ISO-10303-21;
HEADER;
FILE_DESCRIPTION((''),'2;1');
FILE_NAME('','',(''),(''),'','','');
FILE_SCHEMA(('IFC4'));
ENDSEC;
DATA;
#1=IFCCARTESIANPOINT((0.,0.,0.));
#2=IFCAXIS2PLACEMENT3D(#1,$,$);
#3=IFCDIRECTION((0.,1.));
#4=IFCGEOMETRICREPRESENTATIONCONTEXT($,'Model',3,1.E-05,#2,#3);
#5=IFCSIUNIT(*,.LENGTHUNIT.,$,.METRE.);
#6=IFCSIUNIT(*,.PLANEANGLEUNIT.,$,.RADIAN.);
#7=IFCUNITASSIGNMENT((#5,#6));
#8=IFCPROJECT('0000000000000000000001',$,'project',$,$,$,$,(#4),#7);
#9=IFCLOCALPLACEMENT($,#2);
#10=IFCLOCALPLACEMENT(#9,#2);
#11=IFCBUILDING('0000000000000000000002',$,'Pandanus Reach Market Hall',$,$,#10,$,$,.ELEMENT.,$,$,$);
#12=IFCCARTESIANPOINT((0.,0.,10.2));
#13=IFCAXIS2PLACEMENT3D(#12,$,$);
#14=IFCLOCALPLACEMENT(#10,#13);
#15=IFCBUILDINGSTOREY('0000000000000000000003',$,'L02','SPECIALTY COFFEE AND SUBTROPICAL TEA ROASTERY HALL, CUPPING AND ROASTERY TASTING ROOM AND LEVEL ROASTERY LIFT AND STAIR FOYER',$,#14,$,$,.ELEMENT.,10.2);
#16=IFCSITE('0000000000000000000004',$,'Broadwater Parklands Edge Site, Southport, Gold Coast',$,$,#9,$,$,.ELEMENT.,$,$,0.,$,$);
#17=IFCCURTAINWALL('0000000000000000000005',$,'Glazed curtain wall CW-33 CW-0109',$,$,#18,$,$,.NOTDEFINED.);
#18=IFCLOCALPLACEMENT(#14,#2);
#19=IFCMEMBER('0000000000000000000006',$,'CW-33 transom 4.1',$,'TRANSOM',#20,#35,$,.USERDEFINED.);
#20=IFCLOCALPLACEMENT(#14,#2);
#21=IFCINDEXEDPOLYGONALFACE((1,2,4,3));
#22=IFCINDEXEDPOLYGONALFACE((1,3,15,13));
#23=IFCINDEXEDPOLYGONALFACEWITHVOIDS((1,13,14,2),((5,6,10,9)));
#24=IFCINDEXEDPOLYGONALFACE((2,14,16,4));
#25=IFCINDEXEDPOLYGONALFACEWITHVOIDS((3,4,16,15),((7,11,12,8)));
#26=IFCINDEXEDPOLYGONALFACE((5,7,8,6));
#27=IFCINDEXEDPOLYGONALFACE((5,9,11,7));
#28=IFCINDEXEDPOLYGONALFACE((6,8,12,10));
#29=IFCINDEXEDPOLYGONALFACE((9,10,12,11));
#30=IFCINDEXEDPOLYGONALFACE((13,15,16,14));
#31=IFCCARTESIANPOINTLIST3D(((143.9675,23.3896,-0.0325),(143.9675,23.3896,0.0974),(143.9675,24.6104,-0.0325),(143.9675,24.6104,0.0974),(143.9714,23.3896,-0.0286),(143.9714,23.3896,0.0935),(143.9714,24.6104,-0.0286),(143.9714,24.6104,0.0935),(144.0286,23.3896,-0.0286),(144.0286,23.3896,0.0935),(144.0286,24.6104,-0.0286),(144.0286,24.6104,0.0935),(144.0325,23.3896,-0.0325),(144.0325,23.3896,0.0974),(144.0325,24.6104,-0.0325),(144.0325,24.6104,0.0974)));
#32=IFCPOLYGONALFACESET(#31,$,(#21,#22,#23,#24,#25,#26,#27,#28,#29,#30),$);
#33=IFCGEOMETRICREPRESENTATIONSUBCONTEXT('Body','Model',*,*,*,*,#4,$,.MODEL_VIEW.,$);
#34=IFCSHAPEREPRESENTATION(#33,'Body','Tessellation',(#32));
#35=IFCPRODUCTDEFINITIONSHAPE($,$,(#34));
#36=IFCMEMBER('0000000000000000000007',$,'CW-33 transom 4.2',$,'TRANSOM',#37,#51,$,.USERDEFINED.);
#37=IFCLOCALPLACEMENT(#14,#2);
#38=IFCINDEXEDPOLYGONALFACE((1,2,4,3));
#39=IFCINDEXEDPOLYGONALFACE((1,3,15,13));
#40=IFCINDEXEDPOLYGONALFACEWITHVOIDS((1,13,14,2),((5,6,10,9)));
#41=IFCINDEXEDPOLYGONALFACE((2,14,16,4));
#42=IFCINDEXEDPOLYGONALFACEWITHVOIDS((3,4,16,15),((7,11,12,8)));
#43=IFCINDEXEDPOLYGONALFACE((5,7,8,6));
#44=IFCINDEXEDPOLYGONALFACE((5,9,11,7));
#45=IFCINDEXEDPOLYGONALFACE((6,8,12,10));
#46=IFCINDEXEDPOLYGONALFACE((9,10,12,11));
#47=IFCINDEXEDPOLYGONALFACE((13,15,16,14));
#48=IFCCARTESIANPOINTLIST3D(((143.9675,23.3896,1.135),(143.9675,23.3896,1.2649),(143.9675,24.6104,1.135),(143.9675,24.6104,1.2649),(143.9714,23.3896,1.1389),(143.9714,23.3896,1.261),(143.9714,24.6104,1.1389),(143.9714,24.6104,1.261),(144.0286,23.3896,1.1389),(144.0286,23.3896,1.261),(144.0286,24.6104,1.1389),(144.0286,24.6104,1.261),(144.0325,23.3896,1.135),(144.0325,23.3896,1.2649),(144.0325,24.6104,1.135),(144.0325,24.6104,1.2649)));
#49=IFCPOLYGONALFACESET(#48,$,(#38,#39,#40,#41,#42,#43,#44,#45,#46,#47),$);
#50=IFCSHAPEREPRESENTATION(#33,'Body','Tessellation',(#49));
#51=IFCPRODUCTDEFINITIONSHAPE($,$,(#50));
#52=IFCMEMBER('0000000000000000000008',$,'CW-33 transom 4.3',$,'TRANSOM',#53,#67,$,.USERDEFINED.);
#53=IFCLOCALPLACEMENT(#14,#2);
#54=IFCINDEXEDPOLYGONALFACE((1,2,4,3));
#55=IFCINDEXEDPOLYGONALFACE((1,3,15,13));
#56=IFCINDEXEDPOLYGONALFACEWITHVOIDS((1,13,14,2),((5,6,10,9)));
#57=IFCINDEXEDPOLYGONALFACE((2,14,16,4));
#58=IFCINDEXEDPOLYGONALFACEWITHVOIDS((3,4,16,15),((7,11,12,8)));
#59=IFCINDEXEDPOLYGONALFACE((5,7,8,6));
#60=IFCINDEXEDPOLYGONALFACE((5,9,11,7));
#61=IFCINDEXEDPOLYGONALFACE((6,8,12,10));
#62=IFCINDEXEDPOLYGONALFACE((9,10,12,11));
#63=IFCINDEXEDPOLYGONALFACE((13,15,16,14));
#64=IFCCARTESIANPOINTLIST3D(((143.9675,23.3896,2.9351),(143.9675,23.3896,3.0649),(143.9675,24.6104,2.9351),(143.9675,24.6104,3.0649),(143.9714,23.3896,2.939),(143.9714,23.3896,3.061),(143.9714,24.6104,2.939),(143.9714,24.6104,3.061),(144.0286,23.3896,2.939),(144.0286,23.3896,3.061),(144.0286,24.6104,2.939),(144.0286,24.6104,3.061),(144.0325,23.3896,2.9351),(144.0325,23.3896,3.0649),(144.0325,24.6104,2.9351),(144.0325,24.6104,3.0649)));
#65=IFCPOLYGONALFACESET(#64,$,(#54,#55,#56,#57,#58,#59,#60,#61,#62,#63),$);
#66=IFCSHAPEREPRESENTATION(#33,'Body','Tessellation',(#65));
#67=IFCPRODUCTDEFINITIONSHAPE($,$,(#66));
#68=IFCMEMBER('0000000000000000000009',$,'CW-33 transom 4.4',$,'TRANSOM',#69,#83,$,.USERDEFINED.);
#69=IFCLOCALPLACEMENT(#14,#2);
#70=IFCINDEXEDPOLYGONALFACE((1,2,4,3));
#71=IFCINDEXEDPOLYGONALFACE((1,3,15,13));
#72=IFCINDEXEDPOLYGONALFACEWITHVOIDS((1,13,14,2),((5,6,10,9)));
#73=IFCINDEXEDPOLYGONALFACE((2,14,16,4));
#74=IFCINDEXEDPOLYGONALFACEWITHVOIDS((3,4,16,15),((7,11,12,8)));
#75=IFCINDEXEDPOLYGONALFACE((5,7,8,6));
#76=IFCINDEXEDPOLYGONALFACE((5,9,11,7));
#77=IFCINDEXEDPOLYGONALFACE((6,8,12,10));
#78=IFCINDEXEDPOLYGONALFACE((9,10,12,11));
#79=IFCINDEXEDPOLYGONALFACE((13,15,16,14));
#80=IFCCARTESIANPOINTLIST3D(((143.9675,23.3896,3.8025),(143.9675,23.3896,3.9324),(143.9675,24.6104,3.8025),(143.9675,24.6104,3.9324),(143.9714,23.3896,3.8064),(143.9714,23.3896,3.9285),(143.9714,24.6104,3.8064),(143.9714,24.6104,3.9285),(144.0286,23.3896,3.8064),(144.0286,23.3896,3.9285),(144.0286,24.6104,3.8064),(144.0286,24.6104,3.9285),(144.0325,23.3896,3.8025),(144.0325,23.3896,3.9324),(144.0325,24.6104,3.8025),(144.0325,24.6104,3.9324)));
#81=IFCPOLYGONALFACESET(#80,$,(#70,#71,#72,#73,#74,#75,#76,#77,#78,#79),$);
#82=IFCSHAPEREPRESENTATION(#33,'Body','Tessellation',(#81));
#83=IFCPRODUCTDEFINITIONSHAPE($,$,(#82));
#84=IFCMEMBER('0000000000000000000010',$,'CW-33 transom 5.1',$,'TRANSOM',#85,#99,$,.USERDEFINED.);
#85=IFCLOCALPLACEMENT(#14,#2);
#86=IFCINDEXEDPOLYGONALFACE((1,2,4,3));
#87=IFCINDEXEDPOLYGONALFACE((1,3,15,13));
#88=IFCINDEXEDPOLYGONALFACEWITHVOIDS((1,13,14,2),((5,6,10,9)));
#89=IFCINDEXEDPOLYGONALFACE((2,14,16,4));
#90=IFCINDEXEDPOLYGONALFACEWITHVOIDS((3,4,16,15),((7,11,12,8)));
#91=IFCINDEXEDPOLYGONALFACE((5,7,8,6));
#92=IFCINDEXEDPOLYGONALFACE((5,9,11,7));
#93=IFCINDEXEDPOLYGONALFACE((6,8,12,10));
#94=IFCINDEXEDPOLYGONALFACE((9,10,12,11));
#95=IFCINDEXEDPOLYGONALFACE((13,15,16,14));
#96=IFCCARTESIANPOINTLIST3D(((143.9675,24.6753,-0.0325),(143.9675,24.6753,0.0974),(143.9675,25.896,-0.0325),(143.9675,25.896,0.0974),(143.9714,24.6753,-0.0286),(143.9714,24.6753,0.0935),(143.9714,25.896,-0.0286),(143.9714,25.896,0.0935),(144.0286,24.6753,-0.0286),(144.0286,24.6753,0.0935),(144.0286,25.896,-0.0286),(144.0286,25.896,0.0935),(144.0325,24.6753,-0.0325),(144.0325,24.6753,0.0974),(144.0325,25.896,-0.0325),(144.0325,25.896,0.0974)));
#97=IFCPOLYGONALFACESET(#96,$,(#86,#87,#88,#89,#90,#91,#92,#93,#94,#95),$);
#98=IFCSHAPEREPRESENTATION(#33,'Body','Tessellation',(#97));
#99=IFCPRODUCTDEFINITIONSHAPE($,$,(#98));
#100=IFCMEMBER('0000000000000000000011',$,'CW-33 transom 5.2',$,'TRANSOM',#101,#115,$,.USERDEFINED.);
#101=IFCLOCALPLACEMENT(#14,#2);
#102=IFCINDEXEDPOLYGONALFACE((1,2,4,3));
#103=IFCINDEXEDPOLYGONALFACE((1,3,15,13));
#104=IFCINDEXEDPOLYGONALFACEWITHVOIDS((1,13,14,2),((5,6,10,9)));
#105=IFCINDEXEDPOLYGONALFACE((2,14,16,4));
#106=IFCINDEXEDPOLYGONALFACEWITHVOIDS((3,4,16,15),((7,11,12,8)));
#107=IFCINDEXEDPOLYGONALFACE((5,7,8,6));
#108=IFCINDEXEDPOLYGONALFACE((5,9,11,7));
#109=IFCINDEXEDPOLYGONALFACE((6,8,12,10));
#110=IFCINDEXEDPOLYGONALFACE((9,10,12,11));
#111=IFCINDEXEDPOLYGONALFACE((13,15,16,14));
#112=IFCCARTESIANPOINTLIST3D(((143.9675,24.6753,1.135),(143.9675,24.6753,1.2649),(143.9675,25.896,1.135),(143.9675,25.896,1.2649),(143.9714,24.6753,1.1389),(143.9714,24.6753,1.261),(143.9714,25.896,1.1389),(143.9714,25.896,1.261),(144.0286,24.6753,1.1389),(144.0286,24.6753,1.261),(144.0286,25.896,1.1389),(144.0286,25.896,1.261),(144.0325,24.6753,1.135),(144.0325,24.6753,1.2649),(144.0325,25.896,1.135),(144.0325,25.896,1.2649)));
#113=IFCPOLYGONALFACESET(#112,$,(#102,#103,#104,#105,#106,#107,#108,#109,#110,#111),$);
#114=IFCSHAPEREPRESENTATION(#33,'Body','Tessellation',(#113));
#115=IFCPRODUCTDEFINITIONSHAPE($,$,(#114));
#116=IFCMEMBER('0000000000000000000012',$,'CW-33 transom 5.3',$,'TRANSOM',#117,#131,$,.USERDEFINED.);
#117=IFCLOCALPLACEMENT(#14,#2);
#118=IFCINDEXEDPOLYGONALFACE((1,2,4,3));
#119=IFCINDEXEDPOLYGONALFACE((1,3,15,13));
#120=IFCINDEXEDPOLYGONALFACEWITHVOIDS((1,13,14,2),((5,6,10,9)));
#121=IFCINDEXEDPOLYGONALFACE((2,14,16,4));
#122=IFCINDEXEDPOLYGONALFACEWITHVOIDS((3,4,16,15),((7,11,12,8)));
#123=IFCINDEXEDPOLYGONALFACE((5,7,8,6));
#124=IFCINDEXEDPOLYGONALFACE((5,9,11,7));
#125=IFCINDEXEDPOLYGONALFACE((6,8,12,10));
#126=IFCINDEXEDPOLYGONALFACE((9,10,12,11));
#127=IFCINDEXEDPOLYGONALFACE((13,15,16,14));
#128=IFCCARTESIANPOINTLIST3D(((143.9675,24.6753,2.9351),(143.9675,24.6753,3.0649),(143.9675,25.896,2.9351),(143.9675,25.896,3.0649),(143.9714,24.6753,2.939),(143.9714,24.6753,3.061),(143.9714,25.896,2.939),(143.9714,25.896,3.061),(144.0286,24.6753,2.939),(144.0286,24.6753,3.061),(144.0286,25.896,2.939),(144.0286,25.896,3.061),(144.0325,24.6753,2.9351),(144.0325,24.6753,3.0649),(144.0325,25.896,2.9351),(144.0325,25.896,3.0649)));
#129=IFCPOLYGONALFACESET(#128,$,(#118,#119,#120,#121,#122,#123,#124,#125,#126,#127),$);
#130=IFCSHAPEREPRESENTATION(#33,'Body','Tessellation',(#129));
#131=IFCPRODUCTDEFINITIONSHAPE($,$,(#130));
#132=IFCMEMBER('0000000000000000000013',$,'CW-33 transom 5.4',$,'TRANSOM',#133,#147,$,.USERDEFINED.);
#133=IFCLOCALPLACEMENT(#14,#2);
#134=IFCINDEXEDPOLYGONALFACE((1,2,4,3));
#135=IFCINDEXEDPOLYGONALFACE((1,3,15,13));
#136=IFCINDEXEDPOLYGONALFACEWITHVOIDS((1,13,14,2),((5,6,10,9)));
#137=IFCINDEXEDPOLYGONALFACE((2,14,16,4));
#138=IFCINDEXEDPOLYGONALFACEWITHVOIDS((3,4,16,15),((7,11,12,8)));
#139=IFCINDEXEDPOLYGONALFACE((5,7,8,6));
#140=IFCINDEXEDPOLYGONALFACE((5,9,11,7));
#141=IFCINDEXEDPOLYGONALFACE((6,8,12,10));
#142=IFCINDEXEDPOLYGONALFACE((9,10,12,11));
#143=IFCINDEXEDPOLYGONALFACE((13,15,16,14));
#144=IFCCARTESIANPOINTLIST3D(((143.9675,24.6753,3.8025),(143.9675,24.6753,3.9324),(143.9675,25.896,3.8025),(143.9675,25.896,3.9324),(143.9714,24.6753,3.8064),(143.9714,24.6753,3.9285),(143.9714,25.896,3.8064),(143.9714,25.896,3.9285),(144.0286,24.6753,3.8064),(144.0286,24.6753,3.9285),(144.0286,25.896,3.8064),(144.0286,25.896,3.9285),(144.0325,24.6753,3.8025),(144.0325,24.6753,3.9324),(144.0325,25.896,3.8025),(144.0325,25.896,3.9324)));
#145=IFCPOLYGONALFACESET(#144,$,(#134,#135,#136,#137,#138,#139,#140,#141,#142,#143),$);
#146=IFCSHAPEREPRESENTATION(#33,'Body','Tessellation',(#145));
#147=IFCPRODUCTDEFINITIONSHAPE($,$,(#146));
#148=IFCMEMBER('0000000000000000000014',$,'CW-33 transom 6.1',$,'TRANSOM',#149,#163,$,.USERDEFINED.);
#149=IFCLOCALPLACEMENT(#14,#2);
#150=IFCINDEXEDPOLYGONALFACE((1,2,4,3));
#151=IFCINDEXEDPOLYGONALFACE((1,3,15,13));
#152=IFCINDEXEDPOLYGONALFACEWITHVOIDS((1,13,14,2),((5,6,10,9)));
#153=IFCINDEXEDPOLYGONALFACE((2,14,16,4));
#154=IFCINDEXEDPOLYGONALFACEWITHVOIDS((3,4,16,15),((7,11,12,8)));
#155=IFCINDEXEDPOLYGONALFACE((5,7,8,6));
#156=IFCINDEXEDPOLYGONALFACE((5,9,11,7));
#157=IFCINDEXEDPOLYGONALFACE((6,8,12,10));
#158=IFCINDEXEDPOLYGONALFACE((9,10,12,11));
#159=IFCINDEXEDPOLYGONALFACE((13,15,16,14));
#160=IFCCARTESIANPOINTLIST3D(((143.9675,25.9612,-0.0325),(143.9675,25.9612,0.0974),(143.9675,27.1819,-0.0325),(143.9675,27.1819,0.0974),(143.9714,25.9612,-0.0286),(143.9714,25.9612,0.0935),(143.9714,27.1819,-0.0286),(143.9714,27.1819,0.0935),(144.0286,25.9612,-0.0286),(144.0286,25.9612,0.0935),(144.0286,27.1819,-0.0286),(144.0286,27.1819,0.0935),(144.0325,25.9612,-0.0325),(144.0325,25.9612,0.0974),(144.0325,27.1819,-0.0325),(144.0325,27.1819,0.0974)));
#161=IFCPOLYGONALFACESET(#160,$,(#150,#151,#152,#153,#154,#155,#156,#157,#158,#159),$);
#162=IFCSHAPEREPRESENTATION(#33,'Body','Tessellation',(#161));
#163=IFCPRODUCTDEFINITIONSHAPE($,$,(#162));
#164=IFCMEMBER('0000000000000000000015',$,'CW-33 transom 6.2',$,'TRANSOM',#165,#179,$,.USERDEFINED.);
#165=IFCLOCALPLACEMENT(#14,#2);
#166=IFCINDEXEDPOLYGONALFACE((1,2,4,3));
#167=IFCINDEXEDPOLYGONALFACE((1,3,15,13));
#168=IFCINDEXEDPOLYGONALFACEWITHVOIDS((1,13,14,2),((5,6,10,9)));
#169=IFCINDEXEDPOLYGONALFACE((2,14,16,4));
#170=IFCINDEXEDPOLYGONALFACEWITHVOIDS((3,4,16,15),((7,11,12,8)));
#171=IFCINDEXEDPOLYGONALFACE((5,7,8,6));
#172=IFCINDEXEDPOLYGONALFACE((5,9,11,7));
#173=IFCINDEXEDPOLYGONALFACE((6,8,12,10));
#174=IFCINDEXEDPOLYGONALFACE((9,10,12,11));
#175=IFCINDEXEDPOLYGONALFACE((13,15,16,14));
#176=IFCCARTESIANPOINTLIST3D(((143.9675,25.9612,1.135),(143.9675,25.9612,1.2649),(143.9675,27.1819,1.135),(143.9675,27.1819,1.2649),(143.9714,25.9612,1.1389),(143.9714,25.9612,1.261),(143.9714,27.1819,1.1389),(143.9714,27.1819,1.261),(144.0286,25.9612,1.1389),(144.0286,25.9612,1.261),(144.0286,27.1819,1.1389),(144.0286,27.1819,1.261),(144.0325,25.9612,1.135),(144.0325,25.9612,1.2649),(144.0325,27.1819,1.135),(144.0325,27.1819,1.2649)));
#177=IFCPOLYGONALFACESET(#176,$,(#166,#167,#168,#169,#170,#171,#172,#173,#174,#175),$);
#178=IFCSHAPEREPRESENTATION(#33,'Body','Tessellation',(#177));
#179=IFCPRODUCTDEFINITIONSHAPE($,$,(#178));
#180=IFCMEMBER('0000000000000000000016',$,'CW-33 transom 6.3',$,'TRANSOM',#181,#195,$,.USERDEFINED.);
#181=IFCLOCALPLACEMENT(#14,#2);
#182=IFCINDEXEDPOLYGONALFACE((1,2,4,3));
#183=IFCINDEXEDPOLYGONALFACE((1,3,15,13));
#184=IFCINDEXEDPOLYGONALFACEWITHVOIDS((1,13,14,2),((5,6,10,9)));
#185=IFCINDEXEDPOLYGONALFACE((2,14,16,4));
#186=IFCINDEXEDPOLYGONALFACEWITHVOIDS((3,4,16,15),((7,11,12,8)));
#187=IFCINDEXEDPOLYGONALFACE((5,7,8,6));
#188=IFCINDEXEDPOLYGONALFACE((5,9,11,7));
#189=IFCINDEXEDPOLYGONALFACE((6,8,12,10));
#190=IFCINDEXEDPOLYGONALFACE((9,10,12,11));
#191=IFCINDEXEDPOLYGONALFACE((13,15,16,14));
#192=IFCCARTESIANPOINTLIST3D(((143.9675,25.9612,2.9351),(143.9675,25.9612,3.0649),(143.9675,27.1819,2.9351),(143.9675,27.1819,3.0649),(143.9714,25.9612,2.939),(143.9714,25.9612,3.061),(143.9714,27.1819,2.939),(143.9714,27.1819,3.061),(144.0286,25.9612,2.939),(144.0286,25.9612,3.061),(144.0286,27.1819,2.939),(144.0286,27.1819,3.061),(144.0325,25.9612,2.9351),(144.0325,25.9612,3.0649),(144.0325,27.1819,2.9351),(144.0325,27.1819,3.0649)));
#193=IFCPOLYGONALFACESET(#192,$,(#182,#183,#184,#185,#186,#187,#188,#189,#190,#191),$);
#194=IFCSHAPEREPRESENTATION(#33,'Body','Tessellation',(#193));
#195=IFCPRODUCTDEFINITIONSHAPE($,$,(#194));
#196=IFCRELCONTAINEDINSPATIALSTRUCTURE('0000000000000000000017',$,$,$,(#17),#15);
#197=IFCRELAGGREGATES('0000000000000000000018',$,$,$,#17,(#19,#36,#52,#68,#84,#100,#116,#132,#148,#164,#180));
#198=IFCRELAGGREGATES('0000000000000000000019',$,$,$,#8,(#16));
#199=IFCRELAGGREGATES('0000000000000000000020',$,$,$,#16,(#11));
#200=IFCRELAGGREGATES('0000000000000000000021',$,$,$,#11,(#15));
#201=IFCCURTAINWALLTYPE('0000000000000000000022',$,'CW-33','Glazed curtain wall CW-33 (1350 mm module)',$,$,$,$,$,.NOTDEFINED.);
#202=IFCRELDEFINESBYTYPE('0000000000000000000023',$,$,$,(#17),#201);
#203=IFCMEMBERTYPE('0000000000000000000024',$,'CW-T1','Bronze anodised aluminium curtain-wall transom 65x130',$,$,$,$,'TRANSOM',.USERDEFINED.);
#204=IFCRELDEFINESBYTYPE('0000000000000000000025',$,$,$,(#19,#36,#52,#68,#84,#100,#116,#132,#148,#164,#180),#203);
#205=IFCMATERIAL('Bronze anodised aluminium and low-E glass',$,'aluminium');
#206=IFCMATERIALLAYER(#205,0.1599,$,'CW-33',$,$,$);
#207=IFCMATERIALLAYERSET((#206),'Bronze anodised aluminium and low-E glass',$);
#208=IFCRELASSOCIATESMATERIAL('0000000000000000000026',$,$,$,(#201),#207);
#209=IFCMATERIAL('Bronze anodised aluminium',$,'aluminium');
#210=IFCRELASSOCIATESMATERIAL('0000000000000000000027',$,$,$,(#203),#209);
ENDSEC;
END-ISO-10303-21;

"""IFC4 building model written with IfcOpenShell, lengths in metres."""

from ifc_helpers import new_model, si_unit, direction, frame, origin, origin_2d, place, context, subcontext, project, spatial, hollow_rectangle, extrude, material, layer, layer_set, material_profile, profile_set, type_object, element, aggregate, save


model = new_model("IFC4")

# Units and contexts
model_context = context("Model", 3, precision=1e-05, world=origin(), true_north=direction((0.0, 1.0)))
body_context = subcontext(model_context, "Body", "Model", "MODEL_VIEW")
ifc_project = project(units=[si_unit("LENGTHUNIT", "METRE"), si_unit("PLANEANGLEUNIT", "RADIAN")], contexts=[model_context])

# Site, building, storey
site_placement = place(None, origin())
site = spatial("IfcSite", under=ifc_project, at=site_placement, Name="Broadwater Parklands Edge Site, Southport, Gold Coast", CompositionType="ELEMENT", RefElevation=0.0)
building_placement = place(site_placement, origin())
building = spatial("IfcBuilding", under=site, at=building_placement, Name="Pandanus Reach Market Hall", CompositionType="ELEMENT")
storey_placement = place(building_placement, frame((0.0, 0.0, 10.2)))
storey = spatial("IfcBuildingStorey", under=building, at=storey_placement, Name="L02", Description="SPECIALTY COFFEE AND SUBTROPICAL TEA ROASTERY HALL, CUPPING AND ROASTERY TASTING ROOM AND LEVEL ROASTERY LIFT AND STAIR FOYER", CompositionType="ELEMENT", Elevation=10.2)

# Curtain wall, members
ifc_material_1 = material(Name="Bronze anodised aluminium and low-E glass", Category="aluminium")
ifc_layer_1 = layer(ifc_material_1, 0.1599, Name="CW-33")
ifc_layer_set_1 = layer_set([ifc_layer_1], Name="Bronze anodised aluminium and low-E glass")
curtain_wall_type = type_object("IfcCurtainWallType", Name="CW-33", Description="Glazed curtain wall CW-33 (1350 mm module)", PredefinedType="NOTDEFINED", material=ifc_layer_set_1)
curtain_wall_placement = place(storey_placement, origin())
curtain_wall = element("IfcCurtainWall", 1, at=curtain_wall_placement, inside=storey, type_object=curtain_wall_type, Name="Glazed curtain wall CW-33 CW-0109", PredefinedType="NOTDEFINED")
ifc_material_2 = material(Name="Bronze anodised aluminium", Category="aluminium")
ifc_material_profile = material_profile(ifc_material_2, hollow_rectangle(XDim=0.0649, YDim=0.1299, WallThickness=0.0039, at=origin_2d()), Name="ALU65x130", Category="LoadBearing")
ifc_profile_set = profile_set([ifc_material_profile], Name="Bronze anodised aluminium")
member_type = type_object("IfcMemberType", Name="CW-T1", Description="Bronze anodised aluminium curtain-wall transom 65x130", ElementType="TRANSOM", PredefinedType="USERDEFINED", material=ifc_profile_set)
member_1_placement = place(storey_placement, frame((144.0, 23.3896, 0.0325), z_axis=(0.0, 1.0, 0.0), x_axis=(-1.0, 0.0, 0.0)))
member_1 = element("IfcMember", 2, at=member_1_placement, type_object=member_type, Name="CW-33 transom 4.1", ObjectType="TRANSOM", PredefinedType="USERDEFINED", context=body_context, shape_type="SweptSolid", body=[
    extrude(hollow_rectangle(XDim=0.0649, YDim=0.1299, WallThickness=0.0039, at=origin_2d()), origin(), (0.0, 0.0, 1.0), 1.2207),
])
member_2_placement = place(storey_placement, frame((144.0, 23.3896, 1.2), z_axis=(0.0, 1.0, 0.0), x_axis=(-1.0, 0.0, 0.0)))
member_2 = element("IfcMember", 3, at=member_2_placement, type_object=member_type, Name="CW-33 transom 4.2", ObjectType="TRANSOM", PredefinedType="USERDEFINED", context=body_context, shape_type="SweptSolid", body=[
    extrude(hollow_rectangle(XDim=0.0649, YDim=0.1299, WallThickness=0.0039, at=origin_2d()), origin(), (0.0, 0.0, 1.0), 1.2207),
])
member_3_placement = place(storey_placement, frame((144.0, 23.3896, 3.0), z_axis=(0.0, 1.0, 0.0), x_axis=(-1.0, 0.0, 0.0)))
member_3 = element("IfcMember", 4, at=member_3_placement, type_object=member_type, Name="CW-33 transom 4.3", ObjectType="TRANSOM", PredefinedType="USERDEFINED", context=body_context, shape_type="SweptSolid", body=[
    extrude(hollow_rectangle(XDim=0.0649, YDim=0.1299, WallThickness=0.0039, at=origin_2d()), origin(), (0.0, 0.0, 1.0), 1.2207),
])
member_4_placement = place(storey_placement, frame((144.0, 23.3896, 3.8674), z_axis=(0.0, 1.0, 0.0), x_axis=(-1.0, 0.0, 0.0)))
member_4 = element("IfcMember", 5, at=member_4_placement, type_object=member_type, Name="CW-33 transom 4.4", ObjectType="TRANSOM", PredefinedType="USERDEFINED", context=body_context, shape_type="SweptSolid", body=[
    extrude(hollow_rectangle(XDim=0.0649, YDim=0.1299, WallThickness=0.0039, at=origin_2d()), origin(), (0.0, 0.0, 1.0), 1.2207),
])
member_5_placement = place(storey_placement, frame((144.0, 24.6753, 0.0325), z_axis=(0.0, 1.0, 0.0), x_axis=(-1.0, 0.0, 0.0)))
member_5 = element("IfcMember", 6, at=member_5_placement, type_object=member_type, Name="CW-33 transom 5.1", ObjectType="TRANSOM", PredefinedType="USERDEFINED", context=body_context, shape_type="SweptSolid", body=[
    extrude(hollow_rectangle(XDim=0.0649, YDim=0.1299, WallThickness=0.0039, at=origin_2d()), origin(), (0.0, 0.0, 1.0), 1.2207),
])
member_6_placement = place(storey_placement, frame((144.0, 24.6753, 1.2), z_axis=(0.0, 1.0, 0.0), x_axis=(-1.0, 0.0, 0.0)))
member_6 = element("IfcMember", 7, at=member_6_placement, type_object=member_type, Name="CW-33 transom 5.2", ObjectType="TRANSOM", PredefinedType="USERDEFINED", context=body_context, shape_type="SweptSolid", body=[
    extrude(hollow_rectangle(XDim=0.0649, YDim=0.1299, WallThickness=0.0039, at=origin_2d()), origin(), (0.0, 0.0, 1.0), 1.2207),
])
member_7_placement = place(storey_placement, frame((144.0, 24.6753, 3.0), z_axis=(0.0, 1.0, 0.0), x_axis=(-1.0, 0.0, 0.0)))
member_7 = element("IfcMember", 8, at=member_7_placement, type_object=member_type, Name="CW-33 transom 5.3", ObjectType="TRANSOM", PredefinedType="USERDEFINED", context=body_context, shape_type="SweptSolid", body=[
    extrude(hollow_rectangle(XDim=0.0649, YDim=0.1299, WallThickness=0.0039, at=origin_2d()), origin(), (0.0, 0.0, 1.0), 1.2207),
])
member_8_placement = place(storey_placement, frame((144.0, 24.6753, 3.8674), z_axis=(0.0, 1.0, 0.0), x_axis=(-1.0, 0.0, 0.0)))
member_8 = element("IfcMember", 9, at=member_8_placement, type_object=member_type, Name="CW-33 transom 5.4", ObjectType="TRANSOM", PredefinedType="USERDEFINED", context=body_context, shape_type="SweptSolid", body=[
    extrude(hollow_rectangle(XDim=0.0649, YDim=0.1299, WallThickness=0.0039, at=origin_2d()), origin(), (0.0, 0.0, 1.0), 1.2207),
])
member_9_placement = place(storey_placement, frame((144.0, 25.9612, 0.0325), z_axis=(0.0, 1.0, 0.0), x_axis=(-1.0, 0.0, 0.0)))
member_9 = element("IfcMember", 10, at=member_9_placement, type_object=member_type, Name="CW-33 transom 6.1", ObjectType="TRANSOM", PredefinedType="USERDEFINED", context=body_context, shape_type="SweptSolid", body=[
    extrude(hollow_rectangle(XDim=0.0649, YDim=0.1299, WallThickness=0.0039, at=origin_2d()), origin(), (0.0, 0.0, 1.0), 1.2207),
])
member_10_placement = place(storey_placement, frame((144.0, 25.9612, 1.2), z_axis=(0.0, 1.0, 0.0), x_axis=(-1.0, 0.0, 0.0)))
member_10 = element("IfcMember", 11, at=member_10_placement, type_object=member_type, Name="CW-33 transom 6.2", ObjectType="TRANSOM", PredefinedType="USERDEFINED", context=body_context, shape_type="SweptSolid", body=[
    extrude(hollow_rectangle(XDim=0.0649, YDim=0.1299, WallThickness=0.0039, at=origin_2d()), origin(), (0.0, 0.0, 1.0), 1.2207),
])
member_11_placement = place(storey_placement, frame((144.0, 25.9612, 3.0), z_axis=(0.0, 1.0, 0.0), x_axis=(-1.0, 0.0, 0.0)))
member_11 = element("IfcMember", 12, at=member_11_placement, type_object=member_type, Name="CW-33 transom 6.3", ObjectType="TRANSOM", PredefinedType="USERDEFINED", context=body_context, shape_type="SweptSolid", body=[
    extrude(hollow_rectangle(XDim=0.0649, YDim=0.1299, WallThickness=0.0039, at=origin_2d()), origin(), (0.0, 0.0, 1.0), 1.2207),
])
aggregate(curtain_wall, [member_1, member_2, member_3, member_4, member_5, member_6, member_7, member_8, member_9, member_10, member_11])

save(model, "model.ifc")
